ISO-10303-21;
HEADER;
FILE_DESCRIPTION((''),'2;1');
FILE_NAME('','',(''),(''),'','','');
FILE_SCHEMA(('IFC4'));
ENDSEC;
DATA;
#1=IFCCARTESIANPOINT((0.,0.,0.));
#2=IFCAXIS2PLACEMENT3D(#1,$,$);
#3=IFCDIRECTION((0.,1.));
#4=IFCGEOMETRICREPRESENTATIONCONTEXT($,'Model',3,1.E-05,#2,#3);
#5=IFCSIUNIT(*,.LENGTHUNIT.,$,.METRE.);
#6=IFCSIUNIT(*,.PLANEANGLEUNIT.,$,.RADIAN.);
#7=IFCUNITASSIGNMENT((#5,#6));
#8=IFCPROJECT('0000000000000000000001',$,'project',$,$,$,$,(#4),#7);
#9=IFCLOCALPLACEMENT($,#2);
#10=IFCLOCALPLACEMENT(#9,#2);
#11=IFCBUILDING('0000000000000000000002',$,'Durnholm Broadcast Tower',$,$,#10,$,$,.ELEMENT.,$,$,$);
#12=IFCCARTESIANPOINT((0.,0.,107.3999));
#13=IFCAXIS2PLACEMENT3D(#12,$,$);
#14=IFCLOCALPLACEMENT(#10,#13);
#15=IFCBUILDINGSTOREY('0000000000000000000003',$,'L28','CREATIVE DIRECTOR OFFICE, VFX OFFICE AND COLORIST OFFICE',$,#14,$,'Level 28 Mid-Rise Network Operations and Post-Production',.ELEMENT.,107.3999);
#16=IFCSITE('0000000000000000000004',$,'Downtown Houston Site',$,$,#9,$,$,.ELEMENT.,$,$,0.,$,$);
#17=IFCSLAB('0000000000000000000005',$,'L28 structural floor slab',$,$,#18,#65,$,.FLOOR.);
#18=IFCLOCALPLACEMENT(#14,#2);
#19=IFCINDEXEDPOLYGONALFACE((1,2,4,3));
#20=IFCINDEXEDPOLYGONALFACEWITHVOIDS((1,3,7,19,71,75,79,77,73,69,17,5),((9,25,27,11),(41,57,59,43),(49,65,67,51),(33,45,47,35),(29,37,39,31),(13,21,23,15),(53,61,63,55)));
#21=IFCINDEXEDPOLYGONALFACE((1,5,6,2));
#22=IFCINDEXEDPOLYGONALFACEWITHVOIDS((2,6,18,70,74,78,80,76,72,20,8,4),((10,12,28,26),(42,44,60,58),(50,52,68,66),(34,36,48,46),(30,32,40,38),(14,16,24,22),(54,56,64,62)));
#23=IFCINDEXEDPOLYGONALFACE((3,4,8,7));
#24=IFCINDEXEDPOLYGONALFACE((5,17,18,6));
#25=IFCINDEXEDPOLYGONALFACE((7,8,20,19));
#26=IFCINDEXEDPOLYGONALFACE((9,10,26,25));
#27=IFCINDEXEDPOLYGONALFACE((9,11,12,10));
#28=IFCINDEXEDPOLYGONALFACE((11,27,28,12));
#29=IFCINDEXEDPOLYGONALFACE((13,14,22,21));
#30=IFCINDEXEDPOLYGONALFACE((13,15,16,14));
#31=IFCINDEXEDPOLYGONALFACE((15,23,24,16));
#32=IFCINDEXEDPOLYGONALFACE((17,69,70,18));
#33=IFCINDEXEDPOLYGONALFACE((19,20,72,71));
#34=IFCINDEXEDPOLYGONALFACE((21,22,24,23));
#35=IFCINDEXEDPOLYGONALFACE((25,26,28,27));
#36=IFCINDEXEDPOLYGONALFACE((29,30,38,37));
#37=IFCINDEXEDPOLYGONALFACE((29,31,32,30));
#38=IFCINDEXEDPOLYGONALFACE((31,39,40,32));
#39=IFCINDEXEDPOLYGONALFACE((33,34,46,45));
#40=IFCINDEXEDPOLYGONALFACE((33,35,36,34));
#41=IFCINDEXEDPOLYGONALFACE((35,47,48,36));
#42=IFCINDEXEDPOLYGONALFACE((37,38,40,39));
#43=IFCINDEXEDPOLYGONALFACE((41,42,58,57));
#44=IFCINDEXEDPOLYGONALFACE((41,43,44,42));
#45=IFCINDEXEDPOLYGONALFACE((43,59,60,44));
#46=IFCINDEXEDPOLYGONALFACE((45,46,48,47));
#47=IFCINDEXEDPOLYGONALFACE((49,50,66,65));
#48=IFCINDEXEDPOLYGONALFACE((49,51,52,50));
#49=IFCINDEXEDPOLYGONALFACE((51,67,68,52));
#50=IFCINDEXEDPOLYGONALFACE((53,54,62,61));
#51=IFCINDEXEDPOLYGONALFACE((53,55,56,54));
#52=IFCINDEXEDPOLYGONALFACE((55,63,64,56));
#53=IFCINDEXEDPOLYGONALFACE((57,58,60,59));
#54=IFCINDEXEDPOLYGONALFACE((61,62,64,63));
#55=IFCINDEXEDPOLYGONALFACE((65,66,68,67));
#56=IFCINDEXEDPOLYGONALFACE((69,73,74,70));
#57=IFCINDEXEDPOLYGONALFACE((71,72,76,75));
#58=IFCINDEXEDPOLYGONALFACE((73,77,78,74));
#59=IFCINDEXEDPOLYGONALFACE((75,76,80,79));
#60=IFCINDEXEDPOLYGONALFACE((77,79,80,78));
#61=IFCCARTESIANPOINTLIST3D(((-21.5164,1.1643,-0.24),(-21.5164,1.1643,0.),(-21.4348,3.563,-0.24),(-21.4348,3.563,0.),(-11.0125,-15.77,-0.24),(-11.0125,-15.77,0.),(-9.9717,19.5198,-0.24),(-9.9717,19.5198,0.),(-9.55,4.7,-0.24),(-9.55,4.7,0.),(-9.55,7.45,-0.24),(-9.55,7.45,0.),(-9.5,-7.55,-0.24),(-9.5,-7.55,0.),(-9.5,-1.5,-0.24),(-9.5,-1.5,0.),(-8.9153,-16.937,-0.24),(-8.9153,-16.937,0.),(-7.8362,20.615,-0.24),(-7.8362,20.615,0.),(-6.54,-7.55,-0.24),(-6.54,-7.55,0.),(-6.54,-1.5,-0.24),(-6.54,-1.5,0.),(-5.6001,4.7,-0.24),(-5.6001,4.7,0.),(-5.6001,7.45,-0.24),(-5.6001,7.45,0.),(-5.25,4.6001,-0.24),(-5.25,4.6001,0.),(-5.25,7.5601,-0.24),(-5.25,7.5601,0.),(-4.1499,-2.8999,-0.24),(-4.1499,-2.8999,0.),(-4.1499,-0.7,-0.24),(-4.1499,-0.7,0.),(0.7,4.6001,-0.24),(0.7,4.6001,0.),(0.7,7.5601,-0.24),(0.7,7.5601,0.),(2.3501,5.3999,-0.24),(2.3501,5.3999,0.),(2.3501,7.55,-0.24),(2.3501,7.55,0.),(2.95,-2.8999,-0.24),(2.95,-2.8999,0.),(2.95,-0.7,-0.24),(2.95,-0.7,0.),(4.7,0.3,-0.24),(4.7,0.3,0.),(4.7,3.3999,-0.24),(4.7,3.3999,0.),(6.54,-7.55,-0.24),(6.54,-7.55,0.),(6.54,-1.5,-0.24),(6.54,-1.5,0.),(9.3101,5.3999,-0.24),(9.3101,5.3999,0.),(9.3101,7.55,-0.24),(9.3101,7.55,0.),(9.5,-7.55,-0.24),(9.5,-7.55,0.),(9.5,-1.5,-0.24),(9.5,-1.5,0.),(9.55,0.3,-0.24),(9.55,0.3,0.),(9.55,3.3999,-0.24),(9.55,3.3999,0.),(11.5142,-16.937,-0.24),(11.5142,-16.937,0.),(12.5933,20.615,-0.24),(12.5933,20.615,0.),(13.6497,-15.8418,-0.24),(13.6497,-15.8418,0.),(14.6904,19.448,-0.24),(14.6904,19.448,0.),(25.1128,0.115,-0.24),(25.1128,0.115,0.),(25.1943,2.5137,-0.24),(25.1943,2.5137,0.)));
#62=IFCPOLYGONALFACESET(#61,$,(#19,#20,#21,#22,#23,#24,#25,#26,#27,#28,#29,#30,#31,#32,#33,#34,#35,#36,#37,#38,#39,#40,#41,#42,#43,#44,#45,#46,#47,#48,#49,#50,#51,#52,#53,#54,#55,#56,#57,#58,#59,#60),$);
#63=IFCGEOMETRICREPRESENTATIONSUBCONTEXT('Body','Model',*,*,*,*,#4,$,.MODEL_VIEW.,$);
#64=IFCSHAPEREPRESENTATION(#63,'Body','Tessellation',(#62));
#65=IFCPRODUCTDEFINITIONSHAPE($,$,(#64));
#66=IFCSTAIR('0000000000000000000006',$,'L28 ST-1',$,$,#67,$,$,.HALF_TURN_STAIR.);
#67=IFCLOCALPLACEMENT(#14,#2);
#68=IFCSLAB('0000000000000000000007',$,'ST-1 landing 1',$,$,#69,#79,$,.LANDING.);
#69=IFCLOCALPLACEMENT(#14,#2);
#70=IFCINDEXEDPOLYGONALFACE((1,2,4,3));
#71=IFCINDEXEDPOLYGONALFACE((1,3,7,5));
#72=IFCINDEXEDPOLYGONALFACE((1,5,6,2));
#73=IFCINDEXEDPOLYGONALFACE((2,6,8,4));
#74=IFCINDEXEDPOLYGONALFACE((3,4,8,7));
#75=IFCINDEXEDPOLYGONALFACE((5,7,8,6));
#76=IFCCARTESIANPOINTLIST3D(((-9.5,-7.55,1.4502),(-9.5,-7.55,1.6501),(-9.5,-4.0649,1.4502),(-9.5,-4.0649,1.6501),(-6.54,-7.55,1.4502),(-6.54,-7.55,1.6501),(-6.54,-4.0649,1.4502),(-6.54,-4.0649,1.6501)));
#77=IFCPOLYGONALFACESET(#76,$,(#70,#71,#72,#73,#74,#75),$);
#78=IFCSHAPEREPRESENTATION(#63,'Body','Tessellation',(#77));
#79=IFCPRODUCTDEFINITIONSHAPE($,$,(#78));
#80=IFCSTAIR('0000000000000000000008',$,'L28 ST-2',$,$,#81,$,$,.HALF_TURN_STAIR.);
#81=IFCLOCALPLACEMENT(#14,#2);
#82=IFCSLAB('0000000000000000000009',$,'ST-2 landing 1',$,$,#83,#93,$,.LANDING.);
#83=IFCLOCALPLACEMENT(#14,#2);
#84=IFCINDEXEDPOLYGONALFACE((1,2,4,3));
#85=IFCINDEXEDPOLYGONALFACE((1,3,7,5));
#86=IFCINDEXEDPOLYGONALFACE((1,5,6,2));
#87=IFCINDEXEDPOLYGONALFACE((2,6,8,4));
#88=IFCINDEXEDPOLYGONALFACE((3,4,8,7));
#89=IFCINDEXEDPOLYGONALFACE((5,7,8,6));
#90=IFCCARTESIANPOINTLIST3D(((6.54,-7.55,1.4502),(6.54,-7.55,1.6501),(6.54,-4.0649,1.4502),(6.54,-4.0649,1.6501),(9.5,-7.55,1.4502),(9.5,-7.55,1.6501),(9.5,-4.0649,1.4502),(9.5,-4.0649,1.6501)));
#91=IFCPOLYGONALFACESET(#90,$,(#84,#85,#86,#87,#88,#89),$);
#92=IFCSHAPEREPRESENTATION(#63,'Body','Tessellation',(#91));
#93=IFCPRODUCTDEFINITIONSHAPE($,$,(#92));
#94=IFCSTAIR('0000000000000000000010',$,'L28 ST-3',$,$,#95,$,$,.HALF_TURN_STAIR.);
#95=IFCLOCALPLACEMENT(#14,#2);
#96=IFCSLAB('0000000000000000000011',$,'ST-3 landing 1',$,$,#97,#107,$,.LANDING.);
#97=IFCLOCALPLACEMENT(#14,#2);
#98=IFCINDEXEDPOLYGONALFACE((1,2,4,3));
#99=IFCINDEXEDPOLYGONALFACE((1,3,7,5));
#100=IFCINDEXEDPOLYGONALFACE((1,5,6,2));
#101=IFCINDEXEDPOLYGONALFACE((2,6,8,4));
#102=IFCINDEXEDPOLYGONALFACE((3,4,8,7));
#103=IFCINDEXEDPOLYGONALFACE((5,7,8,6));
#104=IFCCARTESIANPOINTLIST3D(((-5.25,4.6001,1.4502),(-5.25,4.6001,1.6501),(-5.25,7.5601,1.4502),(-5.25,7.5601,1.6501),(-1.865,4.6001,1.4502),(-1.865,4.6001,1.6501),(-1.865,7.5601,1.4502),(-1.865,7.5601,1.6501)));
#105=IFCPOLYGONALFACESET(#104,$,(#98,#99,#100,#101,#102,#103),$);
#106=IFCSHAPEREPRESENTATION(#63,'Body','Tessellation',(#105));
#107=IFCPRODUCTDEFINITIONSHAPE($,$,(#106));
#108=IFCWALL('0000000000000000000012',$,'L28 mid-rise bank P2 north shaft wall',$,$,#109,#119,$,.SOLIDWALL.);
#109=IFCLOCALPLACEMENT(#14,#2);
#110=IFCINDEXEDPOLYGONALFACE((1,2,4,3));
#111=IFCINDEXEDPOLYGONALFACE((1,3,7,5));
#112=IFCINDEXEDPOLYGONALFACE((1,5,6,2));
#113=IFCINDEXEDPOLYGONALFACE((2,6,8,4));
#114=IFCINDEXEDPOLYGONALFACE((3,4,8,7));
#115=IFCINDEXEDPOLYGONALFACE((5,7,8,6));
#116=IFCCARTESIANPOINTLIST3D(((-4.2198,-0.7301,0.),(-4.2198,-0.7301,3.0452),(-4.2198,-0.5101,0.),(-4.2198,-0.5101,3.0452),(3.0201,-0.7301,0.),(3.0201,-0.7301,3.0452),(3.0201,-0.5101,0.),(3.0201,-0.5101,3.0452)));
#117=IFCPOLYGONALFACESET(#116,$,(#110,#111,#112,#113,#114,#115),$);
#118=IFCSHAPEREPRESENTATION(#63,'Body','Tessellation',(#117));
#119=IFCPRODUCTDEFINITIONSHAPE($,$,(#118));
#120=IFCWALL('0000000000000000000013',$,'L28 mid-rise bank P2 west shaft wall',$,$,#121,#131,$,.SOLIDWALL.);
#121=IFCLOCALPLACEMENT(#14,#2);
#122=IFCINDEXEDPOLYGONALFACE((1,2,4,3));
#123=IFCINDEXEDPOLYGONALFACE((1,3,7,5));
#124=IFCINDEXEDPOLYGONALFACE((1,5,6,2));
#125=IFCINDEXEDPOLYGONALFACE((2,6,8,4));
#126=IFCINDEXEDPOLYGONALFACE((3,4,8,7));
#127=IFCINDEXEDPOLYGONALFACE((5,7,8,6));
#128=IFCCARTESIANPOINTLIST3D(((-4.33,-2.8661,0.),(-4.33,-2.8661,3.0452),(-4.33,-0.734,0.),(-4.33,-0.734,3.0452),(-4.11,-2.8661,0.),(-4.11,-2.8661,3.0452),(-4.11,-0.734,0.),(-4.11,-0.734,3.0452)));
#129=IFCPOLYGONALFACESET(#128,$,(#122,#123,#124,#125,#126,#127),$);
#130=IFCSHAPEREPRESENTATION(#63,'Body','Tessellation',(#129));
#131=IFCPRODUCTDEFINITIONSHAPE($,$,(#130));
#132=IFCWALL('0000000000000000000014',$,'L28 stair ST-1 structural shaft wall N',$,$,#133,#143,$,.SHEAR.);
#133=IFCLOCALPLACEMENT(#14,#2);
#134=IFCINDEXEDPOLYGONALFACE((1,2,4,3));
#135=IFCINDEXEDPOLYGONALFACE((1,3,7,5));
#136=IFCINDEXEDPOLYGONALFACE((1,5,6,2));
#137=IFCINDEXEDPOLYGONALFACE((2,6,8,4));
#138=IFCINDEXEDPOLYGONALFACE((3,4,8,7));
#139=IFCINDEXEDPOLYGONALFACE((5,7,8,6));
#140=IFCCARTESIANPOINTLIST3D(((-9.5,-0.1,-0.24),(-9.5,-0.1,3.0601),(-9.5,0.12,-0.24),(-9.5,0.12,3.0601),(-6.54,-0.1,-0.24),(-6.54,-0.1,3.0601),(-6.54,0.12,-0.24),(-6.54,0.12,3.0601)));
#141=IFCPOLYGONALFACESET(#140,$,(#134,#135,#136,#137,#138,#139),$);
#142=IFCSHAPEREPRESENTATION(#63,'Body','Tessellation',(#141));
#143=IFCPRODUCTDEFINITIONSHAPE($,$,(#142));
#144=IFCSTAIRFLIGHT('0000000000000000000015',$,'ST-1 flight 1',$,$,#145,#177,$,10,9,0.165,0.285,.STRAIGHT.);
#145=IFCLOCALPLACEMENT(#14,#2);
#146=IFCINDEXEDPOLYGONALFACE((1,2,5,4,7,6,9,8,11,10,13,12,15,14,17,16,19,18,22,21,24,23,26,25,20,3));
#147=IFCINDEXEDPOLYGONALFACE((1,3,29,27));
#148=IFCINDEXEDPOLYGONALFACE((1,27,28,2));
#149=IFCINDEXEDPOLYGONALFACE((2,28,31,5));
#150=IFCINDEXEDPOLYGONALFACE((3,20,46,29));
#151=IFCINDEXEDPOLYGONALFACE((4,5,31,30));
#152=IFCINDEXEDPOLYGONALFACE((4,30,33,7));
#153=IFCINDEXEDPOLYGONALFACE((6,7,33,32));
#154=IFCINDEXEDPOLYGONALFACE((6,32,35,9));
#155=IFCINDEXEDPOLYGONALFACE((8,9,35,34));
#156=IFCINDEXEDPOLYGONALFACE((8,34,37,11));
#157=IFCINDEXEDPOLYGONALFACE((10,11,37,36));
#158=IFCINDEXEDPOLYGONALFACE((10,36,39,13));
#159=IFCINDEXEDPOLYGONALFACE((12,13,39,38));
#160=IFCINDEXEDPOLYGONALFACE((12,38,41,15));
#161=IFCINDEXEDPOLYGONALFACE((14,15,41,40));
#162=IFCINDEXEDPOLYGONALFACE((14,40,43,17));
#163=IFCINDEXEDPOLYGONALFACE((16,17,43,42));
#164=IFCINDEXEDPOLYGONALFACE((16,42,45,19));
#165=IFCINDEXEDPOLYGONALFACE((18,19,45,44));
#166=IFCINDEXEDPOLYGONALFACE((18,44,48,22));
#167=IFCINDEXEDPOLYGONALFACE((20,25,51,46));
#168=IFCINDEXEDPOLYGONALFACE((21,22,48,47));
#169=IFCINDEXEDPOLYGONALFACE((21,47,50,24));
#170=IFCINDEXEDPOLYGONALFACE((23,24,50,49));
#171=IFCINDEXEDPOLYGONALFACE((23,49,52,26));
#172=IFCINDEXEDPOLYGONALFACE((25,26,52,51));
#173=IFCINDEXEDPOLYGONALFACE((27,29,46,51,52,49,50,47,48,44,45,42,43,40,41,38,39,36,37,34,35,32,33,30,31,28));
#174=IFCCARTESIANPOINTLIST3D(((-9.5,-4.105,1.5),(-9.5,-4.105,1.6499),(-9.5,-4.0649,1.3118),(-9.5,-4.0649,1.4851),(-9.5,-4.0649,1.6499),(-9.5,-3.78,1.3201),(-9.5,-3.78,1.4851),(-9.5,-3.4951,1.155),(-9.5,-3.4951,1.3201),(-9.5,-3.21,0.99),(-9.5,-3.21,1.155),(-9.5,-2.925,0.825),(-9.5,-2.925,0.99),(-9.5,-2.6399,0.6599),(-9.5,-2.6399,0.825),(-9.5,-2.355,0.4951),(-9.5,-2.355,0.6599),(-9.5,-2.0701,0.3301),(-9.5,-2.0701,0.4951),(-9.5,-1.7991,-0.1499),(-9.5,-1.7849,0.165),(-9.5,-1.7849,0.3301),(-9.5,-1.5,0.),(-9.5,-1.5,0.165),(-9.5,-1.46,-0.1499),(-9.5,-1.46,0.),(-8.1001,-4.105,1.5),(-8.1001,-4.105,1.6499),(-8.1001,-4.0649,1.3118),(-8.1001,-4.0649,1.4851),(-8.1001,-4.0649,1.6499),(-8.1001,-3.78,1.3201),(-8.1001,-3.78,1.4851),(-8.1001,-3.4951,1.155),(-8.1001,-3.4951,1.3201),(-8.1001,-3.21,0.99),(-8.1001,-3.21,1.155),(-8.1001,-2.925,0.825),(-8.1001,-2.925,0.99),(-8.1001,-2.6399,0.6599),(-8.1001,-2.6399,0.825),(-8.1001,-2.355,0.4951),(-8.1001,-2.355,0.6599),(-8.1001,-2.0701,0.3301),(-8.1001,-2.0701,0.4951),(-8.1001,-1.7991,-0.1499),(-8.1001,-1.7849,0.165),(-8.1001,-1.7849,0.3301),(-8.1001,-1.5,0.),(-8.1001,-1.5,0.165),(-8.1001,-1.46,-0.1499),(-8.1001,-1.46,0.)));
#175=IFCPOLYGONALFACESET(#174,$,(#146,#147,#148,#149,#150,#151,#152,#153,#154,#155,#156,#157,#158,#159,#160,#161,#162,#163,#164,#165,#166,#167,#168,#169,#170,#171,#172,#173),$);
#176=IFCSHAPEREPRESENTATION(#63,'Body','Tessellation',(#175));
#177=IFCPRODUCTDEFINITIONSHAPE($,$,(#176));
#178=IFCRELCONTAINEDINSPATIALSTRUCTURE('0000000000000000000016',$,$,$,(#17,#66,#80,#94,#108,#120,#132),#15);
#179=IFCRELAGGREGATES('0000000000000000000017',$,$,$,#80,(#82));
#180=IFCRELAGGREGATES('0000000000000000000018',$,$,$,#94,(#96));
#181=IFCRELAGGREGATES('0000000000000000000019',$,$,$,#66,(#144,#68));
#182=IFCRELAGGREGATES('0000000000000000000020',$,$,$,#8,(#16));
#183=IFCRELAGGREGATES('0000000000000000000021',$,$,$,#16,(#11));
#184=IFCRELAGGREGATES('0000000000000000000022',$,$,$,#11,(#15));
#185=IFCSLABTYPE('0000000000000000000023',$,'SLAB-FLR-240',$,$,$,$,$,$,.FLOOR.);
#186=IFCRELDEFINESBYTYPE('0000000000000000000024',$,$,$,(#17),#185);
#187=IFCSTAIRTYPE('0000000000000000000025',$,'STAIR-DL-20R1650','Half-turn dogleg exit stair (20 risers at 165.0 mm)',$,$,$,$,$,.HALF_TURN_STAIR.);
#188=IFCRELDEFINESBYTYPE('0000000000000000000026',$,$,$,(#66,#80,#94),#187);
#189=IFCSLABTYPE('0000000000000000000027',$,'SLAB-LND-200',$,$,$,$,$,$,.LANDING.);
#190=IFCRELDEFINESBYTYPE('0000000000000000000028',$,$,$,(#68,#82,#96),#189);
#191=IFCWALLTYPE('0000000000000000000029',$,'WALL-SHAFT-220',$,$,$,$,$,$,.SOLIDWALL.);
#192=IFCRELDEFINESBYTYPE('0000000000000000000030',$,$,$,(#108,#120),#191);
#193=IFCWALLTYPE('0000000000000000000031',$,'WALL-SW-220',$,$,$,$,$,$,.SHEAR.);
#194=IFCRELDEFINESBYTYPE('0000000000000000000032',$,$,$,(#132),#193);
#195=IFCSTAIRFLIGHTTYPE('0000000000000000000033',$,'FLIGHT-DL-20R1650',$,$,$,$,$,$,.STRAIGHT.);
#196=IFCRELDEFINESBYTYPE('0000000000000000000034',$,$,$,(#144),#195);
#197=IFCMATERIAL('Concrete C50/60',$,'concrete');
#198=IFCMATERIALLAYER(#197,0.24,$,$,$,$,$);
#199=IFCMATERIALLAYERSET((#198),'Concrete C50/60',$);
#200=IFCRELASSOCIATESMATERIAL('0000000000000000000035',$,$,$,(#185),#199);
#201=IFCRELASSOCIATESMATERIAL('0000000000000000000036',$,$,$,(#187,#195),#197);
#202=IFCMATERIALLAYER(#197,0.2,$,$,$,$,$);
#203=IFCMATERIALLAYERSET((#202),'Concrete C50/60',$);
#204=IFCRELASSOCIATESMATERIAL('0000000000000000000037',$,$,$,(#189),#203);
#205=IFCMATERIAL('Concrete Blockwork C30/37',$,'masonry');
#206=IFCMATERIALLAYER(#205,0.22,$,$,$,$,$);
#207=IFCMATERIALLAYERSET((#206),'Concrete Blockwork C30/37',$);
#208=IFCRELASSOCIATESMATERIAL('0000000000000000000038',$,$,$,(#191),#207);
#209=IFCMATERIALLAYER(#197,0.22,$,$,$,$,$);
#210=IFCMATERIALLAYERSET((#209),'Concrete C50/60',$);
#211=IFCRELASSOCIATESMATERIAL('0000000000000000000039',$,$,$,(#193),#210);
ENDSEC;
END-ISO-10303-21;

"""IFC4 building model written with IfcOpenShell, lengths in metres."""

from ifc_helpers import new_model, si_unit, direction, frame, frame_2d, origin, place, context, subcontext, project, spatial, polyline, rectangle, outline, extrude, material, layer, layer_set, type_object, element, aggregate, save


model = new_model("IFC4")

# Units and contexts
model_context = context("Model", 3, precision=1e-05, world=origin(), true_north=direction((0.0, 1.0)))
body_context = subcontext(model_context, "Body", "Model", "MODEL_VIEW")
ifc_project = project(units=[si_unit("LENGTHUNIT", "METRE"), si_unit("PLANEANGLEUNIT", "RADIAN")], contexts=[model_context])

# Site, building, storey
site_placement = place(None, origin())
site = spatial("IfcSite", under=ifc_project, at=site_placement, Name="Downtown Houston Site", CompositionType="ELEMENT", RefElevation=0.0)
building_placement = place(site_placement, origin())
building = spatial("IfcBuilding", under=site, at=building_placement, Name="Durnholm Broadcast Tower", CompositionType="ELEMENT")
storey_placement = place(building_placement, frame((0.0, 0.0, 107.3999)))
storey = spatial("IfcBuildingStorey", under=building, at=storey_placement, Name="L28", Description="CREATIVE DIRECTOR OFFICE, VFX OFFICE AND COLORIST OFFICE", LongName="Level 28 Mid-Rise Network Operations and Post-Production", CompositionType="ELEMENT", Elevation=107.3999)

# Slab
ifc_material_1 = material(Name="Concrete C50/60", Category="concrete")
ifc_layer_1 = layer(ifc_material_1, 0.24)
ifc_layer_set_1 = layer_set([ifc_layer_1], Name="Concrete C50/60")
slab_type_1 = type_object("IfcSlabType", Name="SLAB-FLR-240", PredefinedType="FLOOR", material=ifc_layer_set_1)
slab_1_placement = place(storey_placement, frame((0.0, 0.0, -0.24)))
element("IfcSlab", 1, at=slab_1_placement, inside=storey, type_object=slab_type_1, Name="L28 structural floor slab", PredefinedType="FLOOR", context=body_context, shape_type="SweptSolid", body=[
    extrude(outline(polyline([(-11.0125, -15.77), (-8.9153, -16.937), (11.5142, -16.937), (13.6497, -15.8418), (25.1128, 0.115), (25.1943, 2.5137), (14.6904, 19.448), (12.5933, 20.615), (-7.8362, 20.615), (-9.9717, 19.5198), (-21.4348, 3.563), (-21.5164, 1.1643), (-11.0125, -15.77)]), holes=[polyline([(-6.54, -1.5), (-9.5, -1.5), (-9.5, -7.55), (-6.54, -7.55), (-6.54, -1.5)]), polyline([(9.5, -7.55), (9.5, -1.5), (6.54, -1.5), (6.54, -7.55), (9.5, -7.55)]), polyline([(2.95, -0.7), (-4.1499, -0.7), (-4.1499, -2.8999), (2.95, -2.8999), (2.95, -0.7)]), polyline([(9.55, 3.3999), (4.7, 3.3999), (4.7, 0.3), (9.55, 0.3), (9.55, 3.3999)]), polyline([(-5.6001, 7.45), (-9.55, 7.45), (-9.55, 4.7), (-5.6001, 4.7), (-5.6001, 7.45)]), polyline([(-5.25, 4.6001), (0.7, 4.6001), (0.7, 7.5601), (-5.25, 7.5601), (-5.25, 4.6001)]), polyline([(9.3101, 7.55), (2.3501, 7.55), (2.3501, 5.3999), (9.3101, 5.3999), (9.3101, 7.55)])]), origin(), (0.0, 0.0, 1.0), 0.24),
])

# Stairs, slabs
stair_type = type_object("IfcStairType", Name="STAIR-DL-20R1650", Description="Half-turn dogleg exit stair (20 risers at 165.0 mm)", PredefinedType="HALF_TURN_STAIR", material=ifc_material_1)
stair_1_placement = place(storey_placement, origin())
stair_1 = element("IfcStair", 2, at=stair_1_placement, inside=storey, type_object=stair_type, Name="L28 ST-1", PredefinedType="HALF_TURN_STAIR")
ifc_layer_2 = layer(ifc_material_1, 0.2)
ifc_layer_set_2 = layer_set([ifc_layer_2], Name="Concrete C50/60")
slab_type_2 = type_object("IfcSlabType", Name="SLAB-LND-200", PredefinedType="LANDING", material=ifc_layer_set_2)
slab_2_placement = place(storey_placement, frame((0.0, 0.0, 1.4502)))
slab_2 = element("IfcSlab", 3, at=slab_2_placement, type_object=slab_type_2, Name="ST-1 landing 1", PredefinedType="LANDING", context=body_context, shape_type="SweptSolid", body=[
    extrude(outline(polyline([(-9.5, -4.0649), (-9.5, -7.55), (-6.54, -7.55), (-6.54, -4.0649), (-9.5, -4.0649)])), origin(), (0.0, 0.0, 1.0), 0.2),
])
stair_2_placement = place(storey_placement, origin())
stair_2 = element("IfcStair", 4, at=stair_2_placement, inside=storey, type_object=stair_type, Name="L28 ST-2", PredefinedType="HALF_TURN_STAIR")
slab_3_placement = place(storey_placement, frame((0.0, 0.0, 1.4502)))
slab_3 = element("IfcSlab", 5, at=slab_3_placement, type_object=slab_type_2, Name="ST-2 landing 1", PredefinedType="LANDING", context=body_context, shape_type="SweptSolid", body=[
    extrude(outline(polyline([(6.54, -4.0649), (6.54, -7.55), (9.5, -7.55), (9.5, -4.0649), (6.54, -4.0649)])), origin(), (0.0, 0.0, 1.0), 0.2),
])
aggregate(stair_2, [slab_3])
stair_3_placement = place(storey_placement, origin())
stair_3 = element("IfcStair", 6, at=stair_3_placement, inside=storey, type_object=stair_type, Name="L28 ST-3", PredefinedType="HALF_TURN_STAIR")
slab_4_placement = place(storey_placement, frame((0.0, 0.0, 1.4502)))
slab_4 = element("IfcSlab", 7, at=slab_4_placement, type_object=slab_type_2, Name="ST-3 landing 1", PredefinedType="LANDING", context=body_context, shape_type="SweptSolid", body=[
    extrude(outline(polyline([(-1.865, 7.5601), (-5.25, 7.5601), (-5.25, 4.6001), (-1.865, 4.6001), (-1.865, 7.5601)])), origin(), (0.0, 0.0, 1.0), 0.2),
])
aggregate(stair_3, [slab_4])

# Shared definitions
ifc_material_2 = material(Name="Concrete Blockwork C30/37", Category="masonry")
ifc_layer_3 = layer(ifc_material_2, 0.22)
ifc_layer_set_3 = layer_set([ifc_layer_3], Name="Concrete Blockwork C30/37")
wall_type_1 = type_object("IfcWallType", Name="WALL-SHAFT-220", PredefinedType="SOLIDWALL", material=ifc_layer_set_3)

# Walls
wall_1_placement = place(storey_placement, frame((-4.22, -0.6201, 0.0), z_axis=(0.0, 0.0, 1.0), x_axis=(1.0, 0.0, 0.0)))
element("IfcWall", 8, at=wall_1_placement, inside=storey, type_object=wall_type_1, Name="L28 mid-rise bank P2 north shaft wall", PredefinedType="SOLIDWALL", context=body_context, shape_type="SweptSolid", body=[
    extrude(rectangle(XDim=7.24, YDim=0.22, at=frame_2d((3.6201, 0.0))), origin(), (0.0, 0.0, 1.0), 3.0452),
])
wall_2_placement = place(storey_placement, frame((-4.22, -2.866, 0.0), z_axis=(0.0, 0.0, 1.0), x_axis=(0.0, 1.0, 0.0)))
element("IfcWall", 9, at=wall_2_placement, inside=storey, type_object=wall_type_1, Name="L28 mid-rise bank P2 west shaft wall", PredefinedType="SOLIDWALL", context=body_context, shape_type="SweptSolid", body=[
    extrude(rectangle(XDim=2.1321, YDim=0.22, at=frame_2d((1.0659, 0.0))), origin(), (0.0, 0.0, 1.0), 3.0452),
])
ifc_layer_4 = layer(ifc_material_1, 0.22)
ifc_layer_set_4 = layer_set([ifc_layer_4], Name="Concrete C50/60")
wall_type_2 = type_object("IfcWallType", Name="WALL-SW-220", PredefinedType="SHEAR", material=ifc_layer_set_4)
wall_3_placement = place(storey_placement, frame((-6.54, 0.01, -0.24), z_axis=(0.0, 0.0, 1.0), x_axis=(-1.0, 0.0, 0.0)))
element("IfcWall", 10, at=wall_3_placement, inside=storey, type_object=wall_type_2, Name="L28 stair ST-1 structural shaft wall N", PredefinedType="SHEAR", context=body_context, shape_type="SweptSolid", body=[
    extrude(rectangle(XDim=2.96, YDim=0.22, at=frame_2d((1.48, 0.0))), origin(), (0.0, 0.0, 1.0), 3.3),
])

# Stair flight
stair_flight_type = type_object("IfcStairFlightType", Name="FLIGHT-DL-20R1650", PredefinedType="STRAIGHT", material=ifc_material_1)
stair_flight_1_placement = place(storey_placement, frame((-8.8, -1.5, 0.0), z_axis=(0.0, 0.0, 1.0), x_axis=(0.0, -1.0, 0.0)))
stair_flight_1 = element("IfcStairFlight", 11, at=stair_flight_1_placement, type_object=stair_flight_type, Name="ST-1 flight 1", NumberOfRisers=10, NumberOfTreads=9, PredefinedType="STRAIGHT", RiserHeight=0.165, TreadLength=0.285, context=body_context, shape_type="SweptSolid", body=[
    extrude(outline(polyline([(-0.04, -0.1499), (-0.04, 0.0), (0.0, 0.0), (0.0, 0.165), (0.2849, 0.165), (0.2849, 0.3301), (0.5701, 0.3301), (0.5701, 0.4951), (0.855, 0.4951), (0.855, 0.6599), (1.1399, 0.6599), (1.1399, 0.825), (1.425, 0.825), (1.425, 0.99), (1.71, 0.99), (1.71, 1.155), (1.9951, 1.155), (1.9951, 1.3201), (2.28, 1.3201), (2.28, 1.4851), (2.5649, 1.4851), (2.5649, 1.6499), (2.605, 1.6499), (2.605, 1.5), (2.5649, 1.3118), (0.2991, -0.1499), (-0.04, -0.1499)])), frame((0.0, 0.7, 0.0), z_axis=(0.0, -1.0, 0.0), x_axis=(1.0, 0.0, 0.0)), (0.0, 0.0, 1.0), 1.3999),
])
aggregate(stair_1, [stair_flight_1, slab_2])

save(model, "model.ifc")
